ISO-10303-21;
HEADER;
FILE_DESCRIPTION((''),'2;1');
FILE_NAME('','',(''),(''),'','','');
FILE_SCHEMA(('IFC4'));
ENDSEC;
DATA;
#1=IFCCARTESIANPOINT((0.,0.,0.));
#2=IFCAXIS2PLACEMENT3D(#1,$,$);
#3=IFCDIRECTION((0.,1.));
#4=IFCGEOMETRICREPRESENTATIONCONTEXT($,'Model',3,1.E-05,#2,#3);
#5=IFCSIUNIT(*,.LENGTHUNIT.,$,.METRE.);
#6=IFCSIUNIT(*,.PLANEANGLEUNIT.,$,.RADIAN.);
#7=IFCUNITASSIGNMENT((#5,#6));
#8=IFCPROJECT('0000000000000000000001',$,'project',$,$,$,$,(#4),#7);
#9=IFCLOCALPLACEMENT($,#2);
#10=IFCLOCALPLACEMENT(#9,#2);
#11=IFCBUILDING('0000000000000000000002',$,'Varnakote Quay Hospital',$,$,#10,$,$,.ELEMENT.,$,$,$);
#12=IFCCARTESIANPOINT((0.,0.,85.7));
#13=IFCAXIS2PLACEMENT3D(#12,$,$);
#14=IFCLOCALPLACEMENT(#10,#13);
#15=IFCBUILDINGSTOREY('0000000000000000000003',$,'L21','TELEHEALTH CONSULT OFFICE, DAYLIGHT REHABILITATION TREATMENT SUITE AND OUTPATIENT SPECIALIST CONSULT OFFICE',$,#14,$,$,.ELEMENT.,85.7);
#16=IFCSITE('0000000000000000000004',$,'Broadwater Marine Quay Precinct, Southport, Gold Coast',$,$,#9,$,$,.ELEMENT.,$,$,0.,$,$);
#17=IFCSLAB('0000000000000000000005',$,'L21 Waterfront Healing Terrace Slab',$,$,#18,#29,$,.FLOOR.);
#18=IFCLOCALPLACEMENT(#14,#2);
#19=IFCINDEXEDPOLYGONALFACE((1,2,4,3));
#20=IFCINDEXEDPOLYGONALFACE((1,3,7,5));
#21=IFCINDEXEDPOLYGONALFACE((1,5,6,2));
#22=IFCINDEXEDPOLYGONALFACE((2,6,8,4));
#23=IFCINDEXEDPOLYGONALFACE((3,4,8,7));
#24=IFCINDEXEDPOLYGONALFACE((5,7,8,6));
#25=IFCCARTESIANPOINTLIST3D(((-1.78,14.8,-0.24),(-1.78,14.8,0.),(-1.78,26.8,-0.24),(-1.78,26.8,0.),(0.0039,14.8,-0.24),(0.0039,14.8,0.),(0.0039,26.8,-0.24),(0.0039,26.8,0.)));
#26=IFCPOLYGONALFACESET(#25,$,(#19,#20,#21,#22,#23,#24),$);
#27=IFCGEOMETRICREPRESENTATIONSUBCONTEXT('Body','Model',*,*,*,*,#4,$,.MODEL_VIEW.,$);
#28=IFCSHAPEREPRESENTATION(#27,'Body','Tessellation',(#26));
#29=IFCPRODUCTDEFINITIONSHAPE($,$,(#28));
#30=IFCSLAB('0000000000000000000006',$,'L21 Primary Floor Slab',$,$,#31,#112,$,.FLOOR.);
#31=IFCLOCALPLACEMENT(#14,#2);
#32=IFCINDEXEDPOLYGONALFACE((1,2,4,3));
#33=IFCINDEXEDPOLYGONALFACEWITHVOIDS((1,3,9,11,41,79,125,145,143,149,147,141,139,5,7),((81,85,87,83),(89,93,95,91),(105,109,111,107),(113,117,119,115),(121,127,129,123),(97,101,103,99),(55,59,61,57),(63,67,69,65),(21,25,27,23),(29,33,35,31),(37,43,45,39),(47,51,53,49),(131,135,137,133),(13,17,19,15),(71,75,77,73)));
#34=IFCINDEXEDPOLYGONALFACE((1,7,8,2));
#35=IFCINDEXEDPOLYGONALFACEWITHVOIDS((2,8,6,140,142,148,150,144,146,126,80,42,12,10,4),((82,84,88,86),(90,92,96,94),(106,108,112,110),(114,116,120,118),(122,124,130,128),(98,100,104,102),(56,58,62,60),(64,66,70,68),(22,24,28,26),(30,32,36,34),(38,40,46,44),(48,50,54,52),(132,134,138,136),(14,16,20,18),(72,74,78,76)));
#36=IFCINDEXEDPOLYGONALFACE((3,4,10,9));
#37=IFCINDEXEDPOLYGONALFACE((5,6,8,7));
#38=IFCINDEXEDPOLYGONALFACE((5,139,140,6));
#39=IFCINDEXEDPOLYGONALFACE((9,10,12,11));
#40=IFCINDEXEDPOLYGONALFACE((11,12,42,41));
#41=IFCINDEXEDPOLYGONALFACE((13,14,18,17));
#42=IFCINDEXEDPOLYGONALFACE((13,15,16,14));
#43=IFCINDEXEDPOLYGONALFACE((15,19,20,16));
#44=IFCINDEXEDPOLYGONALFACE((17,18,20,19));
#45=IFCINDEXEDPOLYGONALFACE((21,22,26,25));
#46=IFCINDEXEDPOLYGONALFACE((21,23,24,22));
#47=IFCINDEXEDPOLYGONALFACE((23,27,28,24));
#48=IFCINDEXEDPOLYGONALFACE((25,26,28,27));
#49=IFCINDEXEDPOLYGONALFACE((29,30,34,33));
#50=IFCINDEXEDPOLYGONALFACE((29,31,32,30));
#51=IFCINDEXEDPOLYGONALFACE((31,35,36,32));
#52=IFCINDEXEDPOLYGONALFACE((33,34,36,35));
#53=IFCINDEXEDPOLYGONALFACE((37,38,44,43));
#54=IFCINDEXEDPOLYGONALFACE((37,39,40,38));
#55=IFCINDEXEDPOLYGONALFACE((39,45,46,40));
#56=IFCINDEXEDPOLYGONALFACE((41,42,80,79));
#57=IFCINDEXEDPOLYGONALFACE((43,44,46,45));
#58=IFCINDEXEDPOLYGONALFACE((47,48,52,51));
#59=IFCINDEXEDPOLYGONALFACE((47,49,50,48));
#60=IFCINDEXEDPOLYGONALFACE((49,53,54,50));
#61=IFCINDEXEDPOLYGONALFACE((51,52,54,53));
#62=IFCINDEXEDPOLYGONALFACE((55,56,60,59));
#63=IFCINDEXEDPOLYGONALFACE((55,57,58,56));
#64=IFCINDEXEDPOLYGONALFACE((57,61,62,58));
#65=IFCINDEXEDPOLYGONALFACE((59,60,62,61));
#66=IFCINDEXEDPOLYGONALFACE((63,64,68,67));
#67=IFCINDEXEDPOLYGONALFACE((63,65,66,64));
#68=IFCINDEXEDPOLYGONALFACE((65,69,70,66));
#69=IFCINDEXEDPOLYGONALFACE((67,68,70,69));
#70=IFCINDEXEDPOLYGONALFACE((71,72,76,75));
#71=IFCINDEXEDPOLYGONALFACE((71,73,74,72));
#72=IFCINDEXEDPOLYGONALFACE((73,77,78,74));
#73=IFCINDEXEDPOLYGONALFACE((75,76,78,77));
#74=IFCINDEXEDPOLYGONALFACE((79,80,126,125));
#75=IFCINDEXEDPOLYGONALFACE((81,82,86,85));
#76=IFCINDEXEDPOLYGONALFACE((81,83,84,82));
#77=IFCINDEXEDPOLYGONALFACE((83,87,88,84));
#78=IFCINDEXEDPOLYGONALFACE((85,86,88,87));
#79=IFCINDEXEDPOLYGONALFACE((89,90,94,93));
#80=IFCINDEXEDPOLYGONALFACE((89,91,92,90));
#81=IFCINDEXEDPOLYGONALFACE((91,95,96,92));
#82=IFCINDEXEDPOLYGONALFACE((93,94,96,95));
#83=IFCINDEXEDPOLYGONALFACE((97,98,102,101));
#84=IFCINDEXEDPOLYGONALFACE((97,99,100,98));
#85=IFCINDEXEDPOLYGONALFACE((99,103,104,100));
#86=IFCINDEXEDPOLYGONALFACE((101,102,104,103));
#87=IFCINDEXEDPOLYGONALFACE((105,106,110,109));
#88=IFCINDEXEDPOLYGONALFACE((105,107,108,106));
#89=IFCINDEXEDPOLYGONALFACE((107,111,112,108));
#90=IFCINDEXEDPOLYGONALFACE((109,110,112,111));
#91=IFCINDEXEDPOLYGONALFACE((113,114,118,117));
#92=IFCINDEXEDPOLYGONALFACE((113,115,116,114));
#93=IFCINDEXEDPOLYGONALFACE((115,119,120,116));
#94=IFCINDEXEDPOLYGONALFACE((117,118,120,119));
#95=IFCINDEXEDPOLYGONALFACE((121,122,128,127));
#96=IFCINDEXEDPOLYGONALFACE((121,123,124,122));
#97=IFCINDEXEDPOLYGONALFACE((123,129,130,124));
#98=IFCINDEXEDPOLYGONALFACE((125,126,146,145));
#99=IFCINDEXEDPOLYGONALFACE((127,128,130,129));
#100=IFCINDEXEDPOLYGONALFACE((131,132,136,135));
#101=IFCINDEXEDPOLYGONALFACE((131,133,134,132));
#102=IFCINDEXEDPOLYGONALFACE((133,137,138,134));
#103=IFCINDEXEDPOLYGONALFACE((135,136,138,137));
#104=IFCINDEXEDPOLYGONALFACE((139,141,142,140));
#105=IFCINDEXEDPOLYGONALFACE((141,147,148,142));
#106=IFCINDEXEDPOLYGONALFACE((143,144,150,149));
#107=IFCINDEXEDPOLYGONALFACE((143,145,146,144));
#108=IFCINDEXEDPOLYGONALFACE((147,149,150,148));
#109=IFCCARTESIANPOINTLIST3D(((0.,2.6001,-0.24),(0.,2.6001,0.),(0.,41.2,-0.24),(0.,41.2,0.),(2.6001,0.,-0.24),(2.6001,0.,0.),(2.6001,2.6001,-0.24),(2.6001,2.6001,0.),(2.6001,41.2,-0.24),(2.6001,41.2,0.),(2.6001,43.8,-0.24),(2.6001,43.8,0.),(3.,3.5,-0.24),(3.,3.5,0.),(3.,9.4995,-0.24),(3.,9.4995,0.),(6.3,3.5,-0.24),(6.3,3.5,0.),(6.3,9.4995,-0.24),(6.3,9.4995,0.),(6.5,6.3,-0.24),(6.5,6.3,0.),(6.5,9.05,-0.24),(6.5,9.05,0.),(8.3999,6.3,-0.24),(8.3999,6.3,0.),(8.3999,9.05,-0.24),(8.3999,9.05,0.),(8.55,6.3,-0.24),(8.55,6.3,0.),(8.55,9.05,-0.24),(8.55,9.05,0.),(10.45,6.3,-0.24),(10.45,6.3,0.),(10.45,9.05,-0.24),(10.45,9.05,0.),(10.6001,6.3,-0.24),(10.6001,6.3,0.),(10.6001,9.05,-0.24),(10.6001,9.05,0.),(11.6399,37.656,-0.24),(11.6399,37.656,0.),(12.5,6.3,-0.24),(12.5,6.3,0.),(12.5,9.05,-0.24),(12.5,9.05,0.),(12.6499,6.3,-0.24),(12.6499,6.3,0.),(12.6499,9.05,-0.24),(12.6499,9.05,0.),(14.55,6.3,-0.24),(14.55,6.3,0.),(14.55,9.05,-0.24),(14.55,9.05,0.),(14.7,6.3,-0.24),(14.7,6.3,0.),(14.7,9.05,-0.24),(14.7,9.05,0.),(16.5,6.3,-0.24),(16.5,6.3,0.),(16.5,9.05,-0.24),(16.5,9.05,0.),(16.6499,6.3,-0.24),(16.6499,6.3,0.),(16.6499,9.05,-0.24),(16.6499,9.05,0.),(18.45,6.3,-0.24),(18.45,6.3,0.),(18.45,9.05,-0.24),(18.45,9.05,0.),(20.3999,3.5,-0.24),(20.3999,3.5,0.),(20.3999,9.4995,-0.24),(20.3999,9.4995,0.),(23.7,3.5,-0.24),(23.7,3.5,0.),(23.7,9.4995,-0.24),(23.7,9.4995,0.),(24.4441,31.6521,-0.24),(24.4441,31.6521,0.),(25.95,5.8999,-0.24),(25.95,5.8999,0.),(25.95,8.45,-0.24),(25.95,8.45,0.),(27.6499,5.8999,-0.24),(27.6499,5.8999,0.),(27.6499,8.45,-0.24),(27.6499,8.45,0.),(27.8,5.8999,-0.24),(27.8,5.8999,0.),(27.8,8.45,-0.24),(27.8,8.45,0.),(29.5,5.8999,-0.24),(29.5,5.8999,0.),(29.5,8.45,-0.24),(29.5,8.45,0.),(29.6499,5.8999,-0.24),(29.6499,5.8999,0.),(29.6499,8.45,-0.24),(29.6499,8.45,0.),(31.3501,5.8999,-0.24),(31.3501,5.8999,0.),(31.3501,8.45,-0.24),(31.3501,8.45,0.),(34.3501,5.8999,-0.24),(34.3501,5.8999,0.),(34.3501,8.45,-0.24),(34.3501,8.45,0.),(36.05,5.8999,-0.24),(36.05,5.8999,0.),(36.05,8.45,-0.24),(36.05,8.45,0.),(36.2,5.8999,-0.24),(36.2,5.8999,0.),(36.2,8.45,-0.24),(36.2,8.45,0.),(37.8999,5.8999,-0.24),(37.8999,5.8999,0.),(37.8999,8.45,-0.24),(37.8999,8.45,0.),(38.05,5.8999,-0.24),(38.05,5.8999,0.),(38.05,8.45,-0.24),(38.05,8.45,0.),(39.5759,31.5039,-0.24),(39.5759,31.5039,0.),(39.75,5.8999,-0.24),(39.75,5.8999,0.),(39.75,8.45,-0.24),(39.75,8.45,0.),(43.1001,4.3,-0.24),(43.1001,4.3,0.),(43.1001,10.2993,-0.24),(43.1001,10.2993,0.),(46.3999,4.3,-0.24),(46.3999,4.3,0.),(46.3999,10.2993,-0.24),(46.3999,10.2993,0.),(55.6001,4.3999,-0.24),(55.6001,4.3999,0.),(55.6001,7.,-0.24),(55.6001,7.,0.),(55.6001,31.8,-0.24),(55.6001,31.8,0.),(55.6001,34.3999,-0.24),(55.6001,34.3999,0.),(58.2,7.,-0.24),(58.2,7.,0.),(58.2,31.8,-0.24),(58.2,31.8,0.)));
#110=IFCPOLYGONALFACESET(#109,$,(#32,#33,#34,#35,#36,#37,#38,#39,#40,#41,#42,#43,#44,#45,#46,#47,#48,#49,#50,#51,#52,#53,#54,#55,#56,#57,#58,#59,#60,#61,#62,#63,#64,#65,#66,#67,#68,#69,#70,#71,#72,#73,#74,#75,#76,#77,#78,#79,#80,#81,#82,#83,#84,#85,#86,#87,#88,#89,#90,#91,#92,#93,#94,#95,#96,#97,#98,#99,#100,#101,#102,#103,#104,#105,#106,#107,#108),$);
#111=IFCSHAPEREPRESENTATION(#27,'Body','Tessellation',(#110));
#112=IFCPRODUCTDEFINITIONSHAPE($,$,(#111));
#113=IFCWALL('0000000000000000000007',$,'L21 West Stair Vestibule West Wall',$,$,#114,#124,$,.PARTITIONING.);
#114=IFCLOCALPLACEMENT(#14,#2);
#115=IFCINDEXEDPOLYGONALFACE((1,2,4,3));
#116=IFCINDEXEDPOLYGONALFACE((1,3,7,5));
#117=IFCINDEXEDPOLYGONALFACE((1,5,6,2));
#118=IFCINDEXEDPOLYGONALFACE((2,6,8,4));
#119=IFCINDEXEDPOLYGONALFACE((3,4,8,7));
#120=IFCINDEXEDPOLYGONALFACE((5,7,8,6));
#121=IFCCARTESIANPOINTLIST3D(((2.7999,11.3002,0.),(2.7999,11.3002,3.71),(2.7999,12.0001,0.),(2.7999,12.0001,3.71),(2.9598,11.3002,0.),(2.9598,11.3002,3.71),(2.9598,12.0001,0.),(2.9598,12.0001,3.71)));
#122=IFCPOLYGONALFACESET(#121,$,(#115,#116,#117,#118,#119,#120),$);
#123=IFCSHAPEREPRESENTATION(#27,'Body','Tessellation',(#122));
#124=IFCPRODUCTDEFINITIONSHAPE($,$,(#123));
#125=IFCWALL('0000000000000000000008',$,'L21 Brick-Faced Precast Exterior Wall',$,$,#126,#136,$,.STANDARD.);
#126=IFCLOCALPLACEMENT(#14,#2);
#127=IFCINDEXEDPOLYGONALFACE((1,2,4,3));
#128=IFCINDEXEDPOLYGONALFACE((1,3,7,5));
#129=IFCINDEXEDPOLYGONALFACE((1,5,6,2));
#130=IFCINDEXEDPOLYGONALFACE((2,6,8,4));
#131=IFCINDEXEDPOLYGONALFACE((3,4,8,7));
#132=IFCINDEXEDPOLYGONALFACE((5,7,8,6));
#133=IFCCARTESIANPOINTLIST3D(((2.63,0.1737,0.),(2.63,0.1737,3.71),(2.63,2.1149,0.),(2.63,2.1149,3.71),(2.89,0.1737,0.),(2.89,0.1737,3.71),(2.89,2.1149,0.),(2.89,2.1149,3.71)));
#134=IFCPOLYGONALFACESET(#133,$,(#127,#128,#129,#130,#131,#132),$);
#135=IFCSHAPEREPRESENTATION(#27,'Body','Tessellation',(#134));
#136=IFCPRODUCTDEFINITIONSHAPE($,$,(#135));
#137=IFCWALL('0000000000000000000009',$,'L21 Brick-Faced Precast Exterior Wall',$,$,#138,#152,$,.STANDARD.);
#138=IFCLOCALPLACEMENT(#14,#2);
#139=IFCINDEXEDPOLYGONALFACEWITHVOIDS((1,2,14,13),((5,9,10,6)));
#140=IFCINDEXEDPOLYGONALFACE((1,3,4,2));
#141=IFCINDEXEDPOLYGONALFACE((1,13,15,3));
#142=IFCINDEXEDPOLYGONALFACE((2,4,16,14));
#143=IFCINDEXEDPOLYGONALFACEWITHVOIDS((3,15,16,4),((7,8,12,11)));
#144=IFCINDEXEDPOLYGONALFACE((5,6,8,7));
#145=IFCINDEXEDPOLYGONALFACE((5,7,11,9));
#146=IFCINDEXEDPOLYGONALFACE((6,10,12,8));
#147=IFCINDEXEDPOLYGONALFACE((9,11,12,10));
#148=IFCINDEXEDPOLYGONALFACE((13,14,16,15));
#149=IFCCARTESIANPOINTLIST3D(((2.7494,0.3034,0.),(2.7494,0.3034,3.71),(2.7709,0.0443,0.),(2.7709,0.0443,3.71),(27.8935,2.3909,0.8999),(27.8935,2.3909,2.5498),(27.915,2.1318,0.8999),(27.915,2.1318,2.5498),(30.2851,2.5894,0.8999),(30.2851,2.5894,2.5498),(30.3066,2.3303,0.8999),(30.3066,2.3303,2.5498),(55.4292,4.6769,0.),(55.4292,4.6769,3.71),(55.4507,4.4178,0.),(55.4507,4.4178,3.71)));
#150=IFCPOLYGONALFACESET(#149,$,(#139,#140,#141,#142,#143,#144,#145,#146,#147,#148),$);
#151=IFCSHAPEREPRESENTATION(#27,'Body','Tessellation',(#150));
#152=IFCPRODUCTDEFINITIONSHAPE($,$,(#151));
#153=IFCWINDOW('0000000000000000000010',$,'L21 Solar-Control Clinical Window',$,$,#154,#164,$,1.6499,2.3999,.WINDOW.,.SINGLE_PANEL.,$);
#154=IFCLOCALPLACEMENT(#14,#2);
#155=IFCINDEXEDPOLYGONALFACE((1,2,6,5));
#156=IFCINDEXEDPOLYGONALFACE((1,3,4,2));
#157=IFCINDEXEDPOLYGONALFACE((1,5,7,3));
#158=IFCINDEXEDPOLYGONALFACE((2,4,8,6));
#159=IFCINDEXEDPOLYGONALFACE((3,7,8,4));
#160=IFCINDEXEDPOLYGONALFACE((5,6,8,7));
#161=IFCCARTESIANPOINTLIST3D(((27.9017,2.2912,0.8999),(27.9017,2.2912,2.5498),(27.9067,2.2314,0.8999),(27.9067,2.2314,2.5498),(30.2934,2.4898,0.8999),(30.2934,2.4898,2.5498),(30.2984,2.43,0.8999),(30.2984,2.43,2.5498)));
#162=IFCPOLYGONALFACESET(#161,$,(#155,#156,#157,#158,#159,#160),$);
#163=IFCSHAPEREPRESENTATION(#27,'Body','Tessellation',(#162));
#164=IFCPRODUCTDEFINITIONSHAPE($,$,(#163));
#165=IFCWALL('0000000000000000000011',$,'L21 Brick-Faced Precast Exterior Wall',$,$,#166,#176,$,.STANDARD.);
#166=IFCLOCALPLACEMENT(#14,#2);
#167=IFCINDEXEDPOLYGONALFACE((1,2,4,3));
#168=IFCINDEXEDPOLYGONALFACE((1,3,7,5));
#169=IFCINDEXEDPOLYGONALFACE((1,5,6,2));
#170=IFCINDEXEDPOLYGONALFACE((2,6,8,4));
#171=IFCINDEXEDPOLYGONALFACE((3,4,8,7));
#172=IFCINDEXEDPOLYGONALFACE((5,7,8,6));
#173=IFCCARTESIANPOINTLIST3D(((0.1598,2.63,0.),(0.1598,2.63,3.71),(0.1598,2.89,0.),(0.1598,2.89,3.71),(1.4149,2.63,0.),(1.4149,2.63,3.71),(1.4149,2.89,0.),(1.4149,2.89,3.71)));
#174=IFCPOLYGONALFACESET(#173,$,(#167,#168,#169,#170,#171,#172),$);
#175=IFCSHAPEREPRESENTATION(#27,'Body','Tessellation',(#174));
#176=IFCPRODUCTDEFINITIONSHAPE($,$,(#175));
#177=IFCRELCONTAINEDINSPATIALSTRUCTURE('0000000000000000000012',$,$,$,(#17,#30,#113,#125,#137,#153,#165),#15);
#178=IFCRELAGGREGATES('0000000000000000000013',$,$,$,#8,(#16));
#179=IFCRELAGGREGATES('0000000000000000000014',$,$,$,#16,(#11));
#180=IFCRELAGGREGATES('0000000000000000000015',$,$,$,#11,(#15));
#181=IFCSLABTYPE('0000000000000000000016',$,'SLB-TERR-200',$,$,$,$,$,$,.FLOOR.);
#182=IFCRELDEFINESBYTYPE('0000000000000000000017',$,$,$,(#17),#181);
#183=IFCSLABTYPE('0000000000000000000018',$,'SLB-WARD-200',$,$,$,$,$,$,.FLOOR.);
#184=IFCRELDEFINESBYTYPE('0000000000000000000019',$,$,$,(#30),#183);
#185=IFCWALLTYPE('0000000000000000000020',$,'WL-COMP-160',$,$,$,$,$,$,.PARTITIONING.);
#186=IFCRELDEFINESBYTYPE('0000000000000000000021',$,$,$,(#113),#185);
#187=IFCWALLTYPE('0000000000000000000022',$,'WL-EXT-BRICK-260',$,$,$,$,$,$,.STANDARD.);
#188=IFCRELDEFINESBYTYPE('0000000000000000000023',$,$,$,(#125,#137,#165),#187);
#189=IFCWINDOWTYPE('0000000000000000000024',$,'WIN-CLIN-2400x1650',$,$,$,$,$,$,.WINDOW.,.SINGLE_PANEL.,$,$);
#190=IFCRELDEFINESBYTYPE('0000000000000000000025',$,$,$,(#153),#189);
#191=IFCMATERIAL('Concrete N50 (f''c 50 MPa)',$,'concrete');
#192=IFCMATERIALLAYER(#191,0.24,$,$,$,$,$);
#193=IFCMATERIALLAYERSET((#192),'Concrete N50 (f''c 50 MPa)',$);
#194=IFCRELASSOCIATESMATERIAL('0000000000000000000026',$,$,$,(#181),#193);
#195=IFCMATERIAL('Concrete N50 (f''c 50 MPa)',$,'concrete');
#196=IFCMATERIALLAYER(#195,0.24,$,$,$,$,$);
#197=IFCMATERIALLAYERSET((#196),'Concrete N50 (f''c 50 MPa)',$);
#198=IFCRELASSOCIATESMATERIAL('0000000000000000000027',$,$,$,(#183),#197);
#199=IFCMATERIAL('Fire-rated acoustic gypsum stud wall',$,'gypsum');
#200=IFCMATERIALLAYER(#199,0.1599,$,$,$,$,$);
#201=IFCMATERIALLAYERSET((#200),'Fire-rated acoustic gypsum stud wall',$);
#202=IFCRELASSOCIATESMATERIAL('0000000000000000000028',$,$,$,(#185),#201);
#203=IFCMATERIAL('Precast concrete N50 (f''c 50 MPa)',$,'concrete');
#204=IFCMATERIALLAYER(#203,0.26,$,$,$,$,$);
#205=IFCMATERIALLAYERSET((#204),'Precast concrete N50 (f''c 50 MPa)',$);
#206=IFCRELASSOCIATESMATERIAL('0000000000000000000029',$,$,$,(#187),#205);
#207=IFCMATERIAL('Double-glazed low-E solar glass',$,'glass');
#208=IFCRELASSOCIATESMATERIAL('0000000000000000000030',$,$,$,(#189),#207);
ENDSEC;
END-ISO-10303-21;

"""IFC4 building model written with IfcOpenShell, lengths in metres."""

from ifc_helpers import new_model, si_unit, direction, frame, frame_2d, origin, place, context, subcontext, project, spatial, polyline, rectangle, outline, extrude, material, layer, layer_set, type_object, element, fill, save


model = new_model("IFC4")

# Units and contexts
model_context = context("Model", 3, precision=1e-05, world=origin(), true_north=direction((0.0, 1.0)))
body_context = subcontext(model_context, "Body", "Model", "MODEL_VIEW")
ifc_project = project(units=[si_unit("LENGTHUNIT", "METRE"), si_unit("PLANEANGLEUNIT", "RADIAN")], contexts=[model_context])

# Site, building, storey
site_placement = place(None, origin())
site = spatial("IfcSite", under=ifc_project, at=site_placement, Name="Broadwater Marine Quay Precinct, Southport, Gold Coast", CompositionType="ELEMENT", RefElevation=0.0)
building_placement = place(site_placement, origin())
building = spatial("IfcBuilding", under=site, at=building_placement, Name="Varnakote Quay Hospital", CompositionType="ELEMENT")
storey_placement = place(building_placement, frame((0.0, 0.0, 85.7)))
storey = spatial("IfcBuildingStorey", under=building, at=storey_placement, Name="L21", Description="TELEHEALTH CONSULT OFFICE, DAYLIGHT REHABILITATION TREATMENT SUITE AND OUTPATIENT SPECIALIST CONSULT OFFICE", CompositionType="ELEMENT", Elevation=85.7)

# Slabs
ifc_material_1 = material(Name="Concrete N50 (f'c 50 MPa)", Category="concrete")
ifc_layer_1 = layer(ifc_material_1, 0.24)
ifc_layer_set_1 = layer_set([ifc_layer_1], Name="Concrete N50 (f'c 50 MPa)")
slab_type_1 = type_object("IfcSlabType", Name="SLB-TERR-200", PredefinedType="FLOOR", material=ifc_layer_set_1)
slab_1_placement = place(storey_placement, frame((0.0, 0.0, -0.24)))
element("IfcSlab", 1, at=slab_1_placement, inside=storey, type_object=slab_type_1, Name="L21 Waterfront Healing Terrace Slab", PredefinedType="FLOOR", context=body_context, shape_type="SweptSolid", body=[
    extrude(outline(polyline([(0.0039, 14.8), (0.0039, 26.8), (-1.78, 26.8), (-1.78, 14.8), (0.0039, 14.8)])), origin(), (0.0, 0.0, 1.0), 0.24),
])
ifc_material_2 = material(Name="Concrete N50 (f'c 50 MPa)", Category="concrete")
ifc_layer_2 = layer(ifc_material_2, 0.24)
ifc_layer_set_2 = layer_set([ifc_layer_2], Name="Concrete N50 (f'c 50 MPa)")
slab_type_2 = type_object("IfcSlabType", Name="SLB-WARD-200", PredefinedType="FLOOR", material=ifc_layer_set_2)
slab_2_placement = place(storey_placement, frame((0.0, 0.0, -0.24)))
element("IfcSlab", 2, at=slab_2_placement, inside=storey, type_object=slab_type_2, Name="L21 Primary Floor Slab", PredefinedType="FLOOR", context=body_context, shape_type="SweptSolid", body=[
    extrude(outline(polyline([(0.0, 2.6001), (2.6001, 2.6001), (2.6001, 0.0), (55.6001, 4.3999), (55.6001, 7.0), (58.2, 7.0), (58.2, 31.8), (55.6001, 31.8), (55.6001, 34.3999), (39.5759, 31.5039), (24.4441, 31.6521), (11.6399, 37.656), (2.6001, 43.8), (2.6001, 41.2), (0.0, 41.2), (0.0, 2.6001)]), holes=[polyline([(3.0, 3.5), (6.3, 3.5), (6.3, 9.4995), (3.0, 9.4995), (3.0, 3.5)]), polyline([(20.3999, 3.5), (23.7, 3.5), (23.7, 9.4995), (20.3999, 9.4995), (20.3999, 3.5)]), polyline([(43.1001, 4.3), (46.3999, 4.3), (46.3999, 10.2993), (43.1001, 10.2993), (43.1001, 4.3)]), polyline([(6.5, 6.3), (8.3999, 6.3), (8.3999, 9.05), (6.5, 9.05), (6.5, 6.3)]), polyline([(8.55, 6.3), (10.45, 6.3), (10.45, 9.05), (8.55, 9.05), (8.55, 6.3)]), polyline([(10.6001, 6.3), (12.5, 6.3), (12.5, 9.05), (10.6001, 9.05), (10.6001, 6.3)]), polyline([(12.6499, 6.3), (14.55, 6.3), (14.55, 9.05), (12.6499, 9.05), (12.6499, 6.3)]), polyline([(14.7, 6.3), (16.5, 6.3), (16.5, 9.05), (14.7, 9.05), (14.7, 6.3)]), polyline([(16.6499, 6.3), (18.45, 6.3), (18.45, 9.05), (16.6499, 9.05), (16.6499, 6.3)]), polyline([(25.95, 5.8999), (27.6499, 5.8999), (27.6499, 8.45), (25.95, 8.45), (25.95, 5.8999)]), polyline([(27.8, 5.8999), (29.5, 5.8999), (29.5, 8.45), (27.8, 8.45), (27.8, 5.8999)]), polyline([(29.6499, 5.8999), (31.3501, 5.8999), (31.3501, 8.45), (29.6499, 8.45), (29.6499, 5.8999)]), polyline([(34.3501, 5.8999), (36.05, 5.8999), (36.05, 8.45), (34.3501, 8.45), (34.3501, 5.8999)]), polyline([(36.2, 5.8999), (37.8999, 5.8999), (37.8999, 8.45), (36.2, 8.45), (36.2, 5.8999)]), polyline([(38.05, 5.8999), (39.75, 5.8999), (39.75, 8.45), (38.05, 8.45), (38.05, 5.8999)])]), origin(), (0.0, 0.0, 1.0), 0.24),
])

# Walls
ifc_material_3 = material(Name="Fire-rated acoustic gypsum stud wall", Category="gypsum")
ifc_layer_3 = layer(ifc_material_3, 0.1599)
ifc_layer_set_3 = layer_set([ifc_layer_3], Name="Fire-rated acoustic gypsum stud wall")
wall_type_1 = type_object("IfcWallType", Name="WL-COMP-160", PredefinedType="PARTITIONING", material=ifc_layer_set_3)
wall_1_placement = place(storey_placement, frame((2.8799, 11.3, 0.0), z_axis=(0.0, 0.0, 1.0), x_axis=(0.0, 1.0, 0.0)))
element("IfcWall", 3, at=wall_1_placement, inside=storey, type_object=wall_type_1, Name="L21 West Stair Vestibule West Wall", PredefinedType="PARTITIONING", context=body_context, shape_type="SweptSolid", body=[
    extrude(rectangle(XDim=0.7, YDim=0.1599, at=frame_2d((0.3501, 0.0))), origin(), (0.0, 0.0, 1.0), 3.71),
])
ifc_material_4 = material(Name="Precast concrete N50 (f'c 50 MPa)", Category="concrete")
ifc_layer_4 = layer(ifc_material_4, 0.26)
ifc_layer_set_4 = layer_set([ifc_layer_4], Name="Precast concrete N50 (f'c 50 MPa)")
wall_type_2 = type_object("IfcWallType", Name="WL-EXT-BRICK-260", PredefinedType="STANDARD", material=ifc_layer_set_4)
wall_2_placement = place(storey_placement, frame((2.76, 2.115, 0.0), z_axis=(0.0, 0.0, 1.0), x_axis=(0.0, -1.0, 0.0)))
element("IfcWall", 4, at=wall_2_placement, inside=storey, type_object=wall_type_2, Name="L21 Brick-Faced Precast Exterior Wall", PredefinedType="STANDARD", context=body_context, shape_type="SweptSolid", body=[
    extrude(rectangle(XDim=1.9412, YDim=0.26, at=frame_2d((0.9707, 0.0))), origin(), (0.0, 0.0, 1.0), 3.71),
])

# Wall, opening, window
wall_3_placement = place(storey_placement, frame((2.76, 0.1738, 0.0), z_axis=(0.0, 0.0, 1.0), x_axis=(0.996571, 0.082736, 0.0)))
wall_3 = element("IfcWall", 5, at=wall_3_placement, inside=storey, type_object=wall_type_2, Name="L21 Brick-Faced Precast Exterior Wall", PredefinedType="STANDARD", context=body_context, shape_type="SweptSolid", body=[
    extrude(rectangle(XDim=52.8611, YDim=0.26, at=frame_2d((26.4307, 0.0))), origin(), (0.0, 0.0, 1.0), 3.71),
])
opening_1_placement = place(wall_3_placement, frame((25.2307, 0.0, 0.8999)))
opening_1 = element("IfcOpeningElement", 6, at=opening_1_placement, cuts=wall_3, PredefinedType="OPENING", context=body_context, shape_type="SweptSolid", body=[
    extrude(rectangle(XDim=2.3999, YDim=1.6499, at=frame_2d((1.2, 0.825))), frame((0.0, 0.1399, 0.0), z_axis=(0.0, -1.0, 0.0), x_axis=(1.0, 0.0, 0.0)), (0.0, 0.0, 1.0), 0.28),
])
ifc_material_5 = material(Name="Double-glazed low-E solar glass", Category="glass")
window_type = type_object("IfcWindowType", Name="WIN-CLIN-2400x1650", PartitioningType="SINGLE_PANEL", PredefinedType="WINDOW", material=ifc_material_5)
window_placement = place(opening_1_placement, origin())
window = element("IfcWindow", 7, at=window_placement, inside=storey, type_object=window_type, Name="L21 Solar-Control Clinical Window", OverallHeight=1.6499, OverallWidth=2.3999, PartitioningType="SINGLE_PANEL", PredefinedType="WINDOW", context=body_context, shape_type="SweptSolid", body=[
    extrude(rectangle(XDim=2.3999, YDim=1.6499, at=frame_2d((1.2, 0.825))), frame((0.0, 0.03, 0.0), z_axis=(0.0, -1.0, 0.0), x_axis=(1.0, 0.0, 0.0)), (0.0, 0.0, 1.0), 0.0601),
])
fill(opening_1, window)

# Wall
wall_4_placement = place(storey_placement, frame((0.1599, 2.76, 0.0), z_axis=(0.0, 0.0, 1.0), x_axis=(1.0, 0.0, 0.0)))
element("IfcWall", 8, at=wall_4_placement, inside=storey, type_object=wall_type_2, Name="L21 Brick-Faced Precast Exterior Wall", PredefinedType="STANDARD", context=body_context, shape_type="SweptSolid", body=[
    extrude(rectangle(XDim=1.2551, YDim=0.26, at=frame_2d((0.6274, 0.0))), origin(), (0.0, 0.0, 1.0), 3.71),
])

save(model, "model.ifc")
